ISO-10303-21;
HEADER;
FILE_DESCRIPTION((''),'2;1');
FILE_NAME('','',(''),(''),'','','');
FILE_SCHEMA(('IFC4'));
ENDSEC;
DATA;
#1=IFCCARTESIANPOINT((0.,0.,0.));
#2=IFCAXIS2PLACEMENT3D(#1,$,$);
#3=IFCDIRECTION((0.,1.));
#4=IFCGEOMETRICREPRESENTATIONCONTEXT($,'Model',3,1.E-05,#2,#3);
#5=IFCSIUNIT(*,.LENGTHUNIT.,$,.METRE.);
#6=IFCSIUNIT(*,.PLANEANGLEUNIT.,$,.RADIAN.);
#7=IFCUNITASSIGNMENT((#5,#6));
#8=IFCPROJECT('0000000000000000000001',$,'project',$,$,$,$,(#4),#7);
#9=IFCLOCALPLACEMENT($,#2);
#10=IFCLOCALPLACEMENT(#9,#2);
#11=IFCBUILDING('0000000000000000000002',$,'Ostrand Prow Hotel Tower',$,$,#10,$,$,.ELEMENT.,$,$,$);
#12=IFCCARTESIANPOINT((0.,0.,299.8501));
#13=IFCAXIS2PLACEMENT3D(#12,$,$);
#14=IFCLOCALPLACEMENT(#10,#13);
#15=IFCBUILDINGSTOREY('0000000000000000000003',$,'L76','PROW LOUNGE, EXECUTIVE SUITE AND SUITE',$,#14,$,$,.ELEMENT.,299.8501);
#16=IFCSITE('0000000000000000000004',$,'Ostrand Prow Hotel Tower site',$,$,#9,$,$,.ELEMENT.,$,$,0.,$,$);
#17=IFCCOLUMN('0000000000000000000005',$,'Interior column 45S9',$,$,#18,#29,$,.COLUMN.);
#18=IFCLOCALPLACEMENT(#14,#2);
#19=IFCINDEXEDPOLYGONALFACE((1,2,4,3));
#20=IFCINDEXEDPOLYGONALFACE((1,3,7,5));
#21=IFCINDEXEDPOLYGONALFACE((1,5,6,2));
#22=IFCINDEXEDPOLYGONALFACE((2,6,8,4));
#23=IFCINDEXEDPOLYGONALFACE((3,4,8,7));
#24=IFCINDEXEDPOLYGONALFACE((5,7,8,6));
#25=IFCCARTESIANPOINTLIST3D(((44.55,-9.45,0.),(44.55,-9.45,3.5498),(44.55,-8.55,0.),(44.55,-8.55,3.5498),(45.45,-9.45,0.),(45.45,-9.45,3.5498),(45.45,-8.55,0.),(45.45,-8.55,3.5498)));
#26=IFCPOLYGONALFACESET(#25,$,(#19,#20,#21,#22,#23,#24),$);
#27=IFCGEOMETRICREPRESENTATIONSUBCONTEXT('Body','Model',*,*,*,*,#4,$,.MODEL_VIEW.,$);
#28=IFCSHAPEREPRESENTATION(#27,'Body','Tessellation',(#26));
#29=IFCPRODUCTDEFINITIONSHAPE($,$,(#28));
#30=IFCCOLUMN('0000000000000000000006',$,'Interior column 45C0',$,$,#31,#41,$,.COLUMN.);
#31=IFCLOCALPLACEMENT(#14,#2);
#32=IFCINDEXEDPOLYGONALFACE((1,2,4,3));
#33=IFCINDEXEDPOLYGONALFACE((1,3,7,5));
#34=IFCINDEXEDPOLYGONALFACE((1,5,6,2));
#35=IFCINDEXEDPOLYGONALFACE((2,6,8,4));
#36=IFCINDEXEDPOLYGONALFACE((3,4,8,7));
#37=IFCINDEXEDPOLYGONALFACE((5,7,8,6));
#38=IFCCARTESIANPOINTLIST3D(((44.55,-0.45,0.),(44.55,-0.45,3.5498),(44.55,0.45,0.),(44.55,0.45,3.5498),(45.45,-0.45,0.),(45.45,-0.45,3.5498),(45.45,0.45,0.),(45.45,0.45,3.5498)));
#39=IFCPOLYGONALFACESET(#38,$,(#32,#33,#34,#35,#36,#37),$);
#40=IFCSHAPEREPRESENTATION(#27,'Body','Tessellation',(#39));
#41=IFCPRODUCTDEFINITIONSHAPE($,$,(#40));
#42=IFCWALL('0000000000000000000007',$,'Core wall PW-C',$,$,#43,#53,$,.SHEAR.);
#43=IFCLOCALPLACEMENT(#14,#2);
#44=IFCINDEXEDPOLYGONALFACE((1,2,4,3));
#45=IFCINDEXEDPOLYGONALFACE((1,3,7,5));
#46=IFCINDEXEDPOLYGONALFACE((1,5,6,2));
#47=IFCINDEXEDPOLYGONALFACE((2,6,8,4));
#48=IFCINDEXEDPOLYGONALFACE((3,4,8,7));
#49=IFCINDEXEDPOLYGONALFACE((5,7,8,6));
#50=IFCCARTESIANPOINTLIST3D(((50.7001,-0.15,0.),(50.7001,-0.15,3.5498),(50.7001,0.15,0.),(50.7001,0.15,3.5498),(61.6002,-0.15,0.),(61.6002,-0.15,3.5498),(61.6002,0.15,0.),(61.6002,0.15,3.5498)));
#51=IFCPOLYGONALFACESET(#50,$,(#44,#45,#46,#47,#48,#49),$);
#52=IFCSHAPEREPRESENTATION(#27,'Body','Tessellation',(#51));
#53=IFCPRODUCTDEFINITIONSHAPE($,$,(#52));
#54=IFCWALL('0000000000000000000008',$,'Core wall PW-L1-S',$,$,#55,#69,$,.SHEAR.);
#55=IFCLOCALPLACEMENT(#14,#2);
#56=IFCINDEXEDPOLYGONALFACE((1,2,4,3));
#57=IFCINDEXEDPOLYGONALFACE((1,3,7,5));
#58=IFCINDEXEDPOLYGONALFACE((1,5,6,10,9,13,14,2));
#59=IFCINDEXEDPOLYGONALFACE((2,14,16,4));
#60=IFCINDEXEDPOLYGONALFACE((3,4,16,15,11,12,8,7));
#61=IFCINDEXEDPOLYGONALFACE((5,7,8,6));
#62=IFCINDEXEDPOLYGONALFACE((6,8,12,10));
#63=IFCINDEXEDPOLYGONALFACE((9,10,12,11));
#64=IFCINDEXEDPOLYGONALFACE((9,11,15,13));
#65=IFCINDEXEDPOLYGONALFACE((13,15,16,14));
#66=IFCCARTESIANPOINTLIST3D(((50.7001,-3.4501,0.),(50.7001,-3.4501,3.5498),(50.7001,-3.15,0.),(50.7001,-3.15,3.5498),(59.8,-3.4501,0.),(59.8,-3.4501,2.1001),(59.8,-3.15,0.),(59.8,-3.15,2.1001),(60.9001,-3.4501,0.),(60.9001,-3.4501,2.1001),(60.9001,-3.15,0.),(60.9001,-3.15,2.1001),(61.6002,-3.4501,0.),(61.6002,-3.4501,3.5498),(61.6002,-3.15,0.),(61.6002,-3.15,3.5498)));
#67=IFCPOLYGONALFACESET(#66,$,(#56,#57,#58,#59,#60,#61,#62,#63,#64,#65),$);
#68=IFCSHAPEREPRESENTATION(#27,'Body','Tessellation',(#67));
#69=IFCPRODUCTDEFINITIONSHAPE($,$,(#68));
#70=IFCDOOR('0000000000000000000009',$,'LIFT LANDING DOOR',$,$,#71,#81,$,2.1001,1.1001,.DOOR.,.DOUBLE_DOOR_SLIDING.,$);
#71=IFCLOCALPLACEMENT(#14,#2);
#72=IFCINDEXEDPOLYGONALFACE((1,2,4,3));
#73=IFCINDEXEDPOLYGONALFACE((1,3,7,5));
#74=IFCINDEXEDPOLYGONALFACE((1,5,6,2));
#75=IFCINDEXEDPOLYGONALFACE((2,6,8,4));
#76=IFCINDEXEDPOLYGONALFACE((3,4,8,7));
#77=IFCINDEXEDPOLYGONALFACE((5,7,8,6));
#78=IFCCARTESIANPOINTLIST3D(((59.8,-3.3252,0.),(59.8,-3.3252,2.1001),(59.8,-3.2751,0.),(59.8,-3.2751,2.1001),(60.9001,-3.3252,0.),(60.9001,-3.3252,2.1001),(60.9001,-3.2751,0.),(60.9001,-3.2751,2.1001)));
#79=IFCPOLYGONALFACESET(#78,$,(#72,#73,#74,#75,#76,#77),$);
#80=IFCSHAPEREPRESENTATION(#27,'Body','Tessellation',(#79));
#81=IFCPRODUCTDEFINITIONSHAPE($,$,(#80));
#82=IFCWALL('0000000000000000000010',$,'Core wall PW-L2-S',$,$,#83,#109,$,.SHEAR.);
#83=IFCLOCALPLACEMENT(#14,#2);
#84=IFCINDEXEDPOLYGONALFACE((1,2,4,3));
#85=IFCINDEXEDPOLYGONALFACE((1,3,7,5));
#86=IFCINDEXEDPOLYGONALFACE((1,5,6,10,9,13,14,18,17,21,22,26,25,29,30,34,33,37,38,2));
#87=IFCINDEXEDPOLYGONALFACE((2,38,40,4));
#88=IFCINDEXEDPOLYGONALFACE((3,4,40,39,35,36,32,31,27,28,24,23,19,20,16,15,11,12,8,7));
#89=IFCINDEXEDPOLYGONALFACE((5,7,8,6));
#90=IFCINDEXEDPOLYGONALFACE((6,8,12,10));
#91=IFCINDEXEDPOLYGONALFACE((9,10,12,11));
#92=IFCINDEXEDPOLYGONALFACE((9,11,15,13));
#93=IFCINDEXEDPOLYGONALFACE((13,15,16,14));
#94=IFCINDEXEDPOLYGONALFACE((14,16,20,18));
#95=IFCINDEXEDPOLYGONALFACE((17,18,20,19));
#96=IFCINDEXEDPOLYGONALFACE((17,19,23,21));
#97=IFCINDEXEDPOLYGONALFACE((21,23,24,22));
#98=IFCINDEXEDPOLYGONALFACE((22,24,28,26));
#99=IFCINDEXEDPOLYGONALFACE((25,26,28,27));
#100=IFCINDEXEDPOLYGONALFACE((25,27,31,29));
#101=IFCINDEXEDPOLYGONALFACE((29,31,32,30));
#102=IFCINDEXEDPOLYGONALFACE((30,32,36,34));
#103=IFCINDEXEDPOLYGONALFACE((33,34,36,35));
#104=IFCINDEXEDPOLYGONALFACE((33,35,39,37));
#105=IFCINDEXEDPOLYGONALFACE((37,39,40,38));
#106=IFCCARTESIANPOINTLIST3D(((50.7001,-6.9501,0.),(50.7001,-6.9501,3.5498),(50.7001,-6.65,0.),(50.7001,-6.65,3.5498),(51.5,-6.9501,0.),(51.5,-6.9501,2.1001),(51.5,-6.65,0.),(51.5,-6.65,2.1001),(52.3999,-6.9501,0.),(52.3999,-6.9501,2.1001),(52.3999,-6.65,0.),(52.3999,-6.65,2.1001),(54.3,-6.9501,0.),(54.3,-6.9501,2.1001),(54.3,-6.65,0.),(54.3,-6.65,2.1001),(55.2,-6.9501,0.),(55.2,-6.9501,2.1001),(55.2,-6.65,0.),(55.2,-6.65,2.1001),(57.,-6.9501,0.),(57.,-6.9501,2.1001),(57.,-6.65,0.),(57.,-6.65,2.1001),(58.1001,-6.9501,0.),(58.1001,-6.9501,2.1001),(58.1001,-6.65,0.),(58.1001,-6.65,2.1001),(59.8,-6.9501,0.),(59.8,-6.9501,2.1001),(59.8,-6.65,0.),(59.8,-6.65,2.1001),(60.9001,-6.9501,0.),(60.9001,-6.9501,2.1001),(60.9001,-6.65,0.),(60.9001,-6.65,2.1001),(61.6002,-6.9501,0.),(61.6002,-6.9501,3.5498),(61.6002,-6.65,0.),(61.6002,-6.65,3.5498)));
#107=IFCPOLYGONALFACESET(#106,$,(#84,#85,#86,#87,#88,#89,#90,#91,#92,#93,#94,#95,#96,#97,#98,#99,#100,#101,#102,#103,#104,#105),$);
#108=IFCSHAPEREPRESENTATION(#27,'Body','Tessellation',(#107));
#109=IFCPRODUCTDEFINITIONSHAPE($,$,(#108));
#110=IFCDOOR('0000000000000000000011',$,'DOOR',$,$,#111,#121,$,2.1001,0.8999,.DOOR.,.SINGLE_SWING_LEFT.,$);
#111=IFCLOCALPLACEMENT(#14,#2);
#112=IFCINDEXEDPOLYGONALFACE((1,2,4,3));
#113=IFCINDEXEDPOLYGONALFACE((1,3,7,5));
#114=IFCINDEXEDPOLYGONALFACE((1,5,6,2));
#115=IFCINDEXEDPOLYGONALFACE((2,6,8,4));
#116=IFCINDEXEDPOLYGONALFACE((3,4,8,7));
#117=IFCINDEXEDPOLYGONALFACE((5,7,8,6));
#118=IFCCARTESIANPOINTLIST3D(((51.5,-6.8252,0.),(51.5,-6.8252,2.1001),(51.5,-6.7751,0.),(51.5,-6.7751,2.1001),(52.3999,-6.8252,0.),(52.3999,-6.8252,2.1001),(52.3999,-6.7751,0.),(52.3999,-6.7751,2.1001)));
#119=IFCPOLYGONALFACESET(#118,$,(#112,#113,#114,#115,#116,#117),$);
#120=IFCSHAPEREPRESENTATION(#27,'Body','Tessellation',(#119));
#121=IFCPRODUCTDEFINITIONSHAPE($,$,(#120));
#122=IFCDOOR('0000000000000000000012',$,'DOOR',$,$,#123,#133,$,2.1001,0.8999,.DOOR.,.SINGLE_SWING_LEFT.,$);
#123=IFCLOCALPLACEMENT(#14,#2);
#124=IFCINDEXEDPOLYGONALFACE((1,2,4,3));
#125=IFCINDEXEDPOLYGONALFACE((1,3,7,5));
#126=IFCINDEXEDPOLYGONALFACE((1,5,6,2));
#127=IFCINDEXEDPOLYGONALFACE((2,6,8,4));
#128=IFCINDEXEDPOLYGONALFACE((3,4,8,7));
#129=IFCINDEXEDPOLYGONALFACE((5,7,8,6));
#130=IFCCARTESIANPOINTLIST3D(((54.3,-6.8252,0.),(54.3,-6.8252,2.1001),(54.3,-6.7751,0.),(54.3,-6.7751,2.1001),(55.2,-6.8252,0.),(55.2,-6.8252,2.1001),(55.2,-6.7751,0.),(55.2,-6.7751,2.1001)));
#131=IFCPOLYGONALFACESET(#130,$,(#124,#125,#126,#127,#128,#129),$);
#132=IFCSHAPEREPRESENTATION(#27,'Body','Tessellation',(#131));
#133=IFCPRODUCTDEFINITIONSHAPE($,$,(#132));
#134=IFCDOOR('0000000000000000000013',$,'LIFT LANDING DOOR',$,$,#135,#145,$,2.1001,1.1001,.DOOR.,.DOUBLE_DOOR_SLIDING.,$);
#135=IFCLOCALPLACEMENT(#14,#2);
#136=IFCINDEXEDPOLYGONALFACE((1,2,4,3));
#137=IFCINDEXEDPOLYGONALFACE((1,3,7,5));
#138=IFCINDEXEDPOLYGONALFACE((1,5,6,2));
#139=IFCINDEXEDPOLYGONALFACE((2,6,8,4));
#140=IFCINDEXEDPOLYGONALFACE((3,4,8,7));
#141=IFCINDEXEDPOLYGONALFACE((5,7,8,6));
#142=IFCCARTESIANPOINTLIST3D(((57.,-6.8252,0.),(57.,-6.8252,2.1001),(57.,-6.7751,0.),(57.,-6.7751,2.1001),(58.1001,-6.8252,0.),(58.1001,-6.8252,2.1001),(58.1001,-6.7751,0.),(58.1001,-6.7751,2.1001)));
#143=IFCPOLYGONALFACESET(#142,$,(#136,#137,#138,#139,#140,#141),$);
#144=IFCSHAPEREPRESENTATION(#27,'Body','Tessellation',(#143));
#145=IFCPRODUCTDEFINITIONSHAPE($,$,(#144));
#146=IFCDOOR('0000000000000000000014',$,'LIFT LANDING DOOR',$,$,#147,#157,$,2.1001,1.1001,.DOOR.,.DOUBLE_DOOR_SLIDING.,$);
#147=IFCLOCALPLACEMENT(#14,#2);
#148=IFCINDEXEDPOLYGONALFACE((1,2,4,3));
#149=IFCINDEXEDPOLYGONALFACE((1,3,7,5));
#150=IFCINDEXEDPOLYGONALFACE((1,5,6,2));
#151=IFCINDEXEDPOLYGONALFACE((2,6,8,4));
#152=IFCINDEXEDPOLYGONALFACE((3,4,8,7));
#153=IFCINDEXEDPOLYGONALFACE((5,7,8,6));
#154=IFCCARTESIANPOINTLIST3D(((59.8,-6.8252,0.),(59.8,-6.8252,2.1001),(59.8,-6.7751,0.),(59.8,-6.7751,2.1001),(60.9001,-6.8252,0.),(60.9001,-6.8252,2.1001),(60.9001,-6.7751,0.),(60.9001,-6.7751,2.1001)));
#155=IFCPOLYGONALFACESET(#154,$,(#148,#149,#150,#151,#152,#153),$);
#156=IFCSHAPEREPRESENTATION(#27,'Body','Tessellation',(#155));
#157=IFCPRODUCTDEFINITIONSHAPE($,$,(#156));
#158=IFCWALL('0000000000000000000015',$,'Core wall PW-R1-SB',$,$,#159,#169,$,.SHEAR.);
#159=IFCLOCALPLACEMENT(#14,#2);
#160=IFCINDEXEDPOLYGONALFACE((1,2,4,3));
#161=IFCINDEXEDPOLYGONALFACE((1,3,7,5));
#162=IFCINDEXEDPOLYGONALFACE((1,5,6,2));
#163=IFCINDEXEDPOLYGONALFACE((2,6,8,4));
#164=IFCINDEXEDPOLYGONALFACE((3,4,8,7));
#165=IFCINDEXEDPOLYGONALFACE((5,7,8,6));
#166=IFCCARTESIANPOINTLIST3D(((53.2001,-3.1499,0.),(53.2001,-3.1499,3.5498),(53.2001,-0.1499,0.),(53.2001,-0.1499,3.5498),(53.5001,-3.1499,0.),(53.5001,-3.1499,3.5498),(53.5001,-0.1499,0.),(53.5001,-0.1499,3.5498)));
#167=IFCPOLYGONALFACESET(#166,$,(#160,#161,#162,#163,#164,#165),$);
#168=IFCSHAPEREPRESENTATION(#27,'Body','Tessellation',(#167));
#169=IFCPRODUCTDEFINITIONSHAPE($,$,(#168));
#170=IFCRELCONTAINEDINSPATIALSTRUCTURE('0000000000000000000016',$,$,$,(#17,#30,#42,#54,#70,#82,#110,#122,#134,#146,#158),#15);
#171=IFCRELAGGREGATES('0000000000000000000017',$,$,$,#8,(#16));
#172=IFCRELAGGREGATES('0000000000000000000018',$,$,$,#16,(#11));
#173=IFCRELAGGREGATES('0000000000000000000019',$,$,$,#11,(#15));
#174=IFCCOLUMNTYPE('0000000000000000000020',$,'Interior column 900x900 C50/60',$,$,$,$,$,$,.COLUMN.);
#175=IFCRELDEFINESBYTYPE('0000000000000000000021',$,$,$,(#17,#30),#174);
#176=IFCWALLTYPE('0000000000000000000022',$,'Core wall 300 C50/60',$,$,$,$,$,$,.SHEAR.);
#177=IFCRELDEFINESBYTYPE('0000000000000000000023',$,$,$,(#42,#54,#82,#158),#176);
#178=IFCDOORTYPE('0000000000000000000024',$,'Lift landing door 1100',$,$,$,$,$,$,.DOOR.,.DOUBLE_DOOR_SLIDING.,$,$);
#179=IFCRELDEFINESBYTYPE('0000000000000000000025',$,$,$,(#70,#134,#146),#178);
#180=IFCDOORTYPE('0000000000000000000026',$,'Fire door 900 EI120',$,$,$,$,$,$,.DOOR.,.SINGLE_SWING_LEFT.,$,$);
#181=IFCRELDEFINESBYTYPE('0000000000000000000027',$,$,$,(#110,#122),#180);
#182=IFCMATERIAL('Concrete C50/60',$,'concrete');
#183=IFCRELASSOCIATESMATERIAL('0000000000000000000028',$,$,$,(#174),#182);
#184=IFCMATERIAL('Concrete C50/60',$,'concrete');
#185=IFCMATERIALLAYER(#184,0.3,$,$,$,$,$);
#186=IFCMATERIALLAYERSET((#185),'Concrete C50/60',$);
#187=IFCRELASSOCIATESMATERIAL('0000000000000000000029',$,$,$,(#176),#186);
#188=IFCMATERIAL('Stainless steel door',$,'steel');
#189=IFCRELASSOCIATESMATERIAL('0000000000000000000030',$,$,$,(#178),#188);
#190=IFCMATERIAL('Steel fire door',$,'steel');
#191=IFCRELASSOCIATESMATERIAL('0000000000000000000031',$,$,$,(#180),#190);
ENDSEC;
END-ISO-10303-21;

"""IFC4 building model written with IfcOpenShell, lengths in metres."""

from ifc_helpers import new_model, si_unit, direction, frame, frame_2d, origin, origin_2d, place, context, subcontext, project, spatial, rectangle, extrude, material, layer, layer_set, material_profile, profile_set, type_object, element, fill, save


model = new_model("IFC4")

# Units and contexts
model_context = context("Model", 3, precision=1e-05, world=origin(), true_north=direction((0.0, 1.0)))
body_context = subcontext(model_context, "Body", "Model", "MODEL_VIEW")
ifc_project = project(units=[si_unit("LENGTHUNIT", "METRE"), si_unit("PLANEANGLEUNIT", "RADIAN")], contexts=[model_context])

# Site, building, storey
site_placement = place(None, origin())
site = spatial("IfcSite", under=ifc_project, at=site_placement, Name="Ostrand Prow Hotel Tower site", CompositionType="ELEMENT", RefElevation=0.0)
building_placement = place(site_placement, origin())
building = spatial("IfcBuilding", under=site, at=building_placement, Name="Ostrand Prow Hotel Tower", CompositionType="ELEMENT")
storey_placement = place(building_placement, frame((0.0, 0.0, 299.8501)))
storey = spatial("IfcBuildingStorey", under=building, at=storey_placement, Name="L76", Description="PROW LOUNGE, EXECUTIVE SUITE AND SUITE", CompositionType="ELEMENT", Elevation=299.8501)

# Columns
ifc_material_1 = material(Name="Concrete C50/60", Category="concrete")
ifc_material_profile = material_profile(ifc_material_1, rectangle(XDim=0.8999, YDim=0.8999, at=origin_2d()), Name="RC 900x900")
ifc_profile_set = profile_set([ifc_material_profile], Name="Concrete C50/60")
column_type = type_object("IfcColumnType", Name="Interior column 900x900 C50/60", PredefinedType="COLUMN", material=ifc_profile_set)
for number, where, z_axis, x_axis, name in (
    (1, (45.0, -9.0, 0.0), (0.0, 0.0, 1.0), (1.0, 0.0, 0.0), "Interior column 45S9"),
    (2, (45.0, 0.0, 0.0), (0.0, 0.0, 1.0), (1.0, 0.0, 0.0), "Interior column 45C0"),
):
    element("IfcColumn", number, at=place(storey_placement, frame(where, z_axis=z_axis, x_axis=x_axis)), inside=storey, type_object=column_type, Name=name, PredefinedType="COLUMN", context=body_context, shape_type="SweptSolid", body=[
        extrude(rectangle(XDim=0.8999, YDim=0.8999, at=origin_2d()), origin(), (0.0, 0.0, 1.0), 3.5498),
    ])

# Wall
ifc_material_2 = material(Name="Concrete C50/60", Category="concrete")
ifc_layer_1 = layer(ifc_material_2, 0.3)
ifc_layer_set_1 = layer_set([ifc_layer_1], Name="Concrete C50/60")
wall_type_1 = type_object("IfcWallType", Name="Core wall 300 C50/60", PredefinedType="SHEAR", material=ifc_layer_set_1)
wall_1_placement = place(storey_placement, frame((50.7, 0.0, 0.0), z_axis=(0.0, 0.0, 1.0), x_axis=(1.0, 0.0, 0.0)))
element("IfcWall", 3, at=wall_1_placement, inside=storey, type_object=wall_type_1, Name="Core wall PW-C", PredefinedType="SHEAR", context=body_context, shape_type="SweptSolid", body=[
    extrude(rectangle(XDim=10.9001, YDim=0.3, at=frame_2d((5.4502, 0.0))), origin(), (0.0, 0.0, 1.0), 3.5498),
])

# Wall, opening, door
wall_2_placement = place(storey_placement, frame((50.7, -3.3, 0.0), z_axis=(0.0, 0.0, 1.0), x_axis=(1.0, 0.0, 0.0)))
wall_2 = element("IfcWall", 4, at=wall_2_placement, inside=storey, type_object=wall_type_1, Name="Core wall PW-L1-S", PredefinedType="SHEAR", context=body_context, shape_type="SweptSolid", body=[
    extrude(rectangle(XDim=10.9001, YDim=0.3, at=frame_2d((5.4502, 0.0))), origin(), (0.0, 0.0, 1.0), 3.5498),
])
opening_1_placement = place(wall_2_placement, frame((9.1001, 0.0, 0.0)))
opening_1 = element("IfcOpeningElement", 5, at=opening_1_placement, cuts=wall_2, PredefinedType="OPENING", context=body_context, shape_type="SweptSolid", body=[
    extrude(rectangle(XDim=1.1001, YDim=2.1001, at=frame_2d((0.55, 1.05))), frame((0.0, 0.1599, 0.0), z_axis=(0.0, -1.0, 0.0), x_axis=(1.0, 0.0, 0.0)), (0.0, 0.0, 1.0), 0.3201),
])
ifc_material_3 = material(Name="Stainless steel door", Category="steel")
door_type_1 = type_object("IfcDoorType", Name="Lift landing door 1100", OperationType="DOUBLE_DOOR_SLIDING", PredefinedType="DOOR", material=ifc_material_3)
door_1_placement = place(opening_1_placement, origin())
door_1 = element("IfcDoor", 6, at=door_1_placement, inside=storey, type_object=door_type_1, Name="LIFT LANDING DOOR", OperationType="DOUBLE_DOOR_SLIDING", OverallHeight=2.1001, OverallWidth=1.1001, PredefinedType="DOOR", context=body_context, shape_type="SweptSolid", body=[
    extrude(rectangle(XDim=1.1001, YDim=2.1001, at=frame_2d((0.55, 1.05))), frame((0.0, 0.0249, 0.0), z_axis=(0.0, -1.0, 0.0), x_axis=(1.0, 0.0, 0.0)), (0.0, 0.0, 1.0), 0.05),
])
fill(opening_1, door_1)

# Wall, openings, doors
wall_3_placement = place(storey_placement, frame((50.7, -6.8, 0.0), z_axis=(0.0, 0.0, 1.0), x_axis=(1.0, 0.0, 0.0)))
wall_3 = element("IfcWall", 7, at=wall_3_placement, inside=storey, type_object=wall_type_1, Name="Core wall PW-L2-S", PredefinedType="SHEAR", context=body_context, shape_type="SweptSolid", body=[
    extrude(rectangle(XDim=10.9001, YDim=0.3, at=frame_2d((5.4502, 0.0))), origin(), (0.0, 0.0, 1.0), 3.5498),
])
opening_2_placement = place(wall_3_placement, frame((6.3, 0.0, 0.0)))
opening_2 = element("IfcOpeningElement", 8, at=opening_2_placement, cuts=wall_3, PredefinedType="OPENING", context=body_context, shape_type="SweptSolid", body=[
    extrude(rectangle(XDim=1.1001, YDim=2.1001, at=frame_2d((0.55, 1.05))), frame((0.0, 0.1599, 0.0), z_axis=(0.0, -1.0, 0.0), x_axis=(1.0, 0.0, 0.0)), (0.0, 0.0, 1.0), 0.3201),
])
opening_3_placement = place(wall_3_placement, frame((9.1001, 0.0, 0.0)))
opening_3 = element("IfcOpeningElement", 9, at=opening_3_placement, cuts=wall_3, PredefinedType="OPENING", context=body_context, shape_type="SweptSolid", body=[
    extrude(rectangle(XDim=1.1001, YDim=2.1001, at=frame_2d((0.55, 1.05))), frame((0.0, 0.1599, 0.0), z_axis=(0.0, -1.0, 0.0), x_axis=(1.0, 0.0, 0.0)), (0.0, 0.0, 1.0), 0.3201),
])
opening_4_placement = place(wall_3_placement, frame((0.8, 0.0, 0.0)))
opening_4 = element("IfcOpeningElement", 10, at=opening_4_placement, cuts=wall_3, PredefinedType="OPENING", context=body_context, shape_type="SweptSolid", body=[
    extrude(rectangle(XDim=0.8999, YDim=2.1001, at=frame_2d((0.45, 1.05))), frame((0.0, 0.1599, 0.0), z_axis=(0.0, -1.0, 0.0), x_axis=(1.0, 0.0, 0.0)), (0.0, 0.0, 1.0), 0.3201),
])
opening_5_placement = place(wall_3_placement, frame((3.6001, 0.0, 0.0)))
opening_5 = element("IfcOpeningElement", 11, at=opening_5_placement, cuts=wall_3, PredefinedType="OPENING", context=body_context, shape_type="SweptSolid", body=[
    extrude(rectangle(XDim=0.8999, YDim=2.1001, at=frame_2d((0.45, 1.05))), frame((0.0, 0.1599, 0.0), z_axis=(0.0, -1.0, 0.0), x_axis=(1.0, 0.0, 0.0)), (0.0, 0.0, 1.0), 0.3201),
])
ifc_material_4 = material(Name="Steel fire door", Category="steel")
door_type_2 = type_object("IfcDoorType", Name="Fire door 900 EI120", OperationType="SINGLE_SWING_LEFT", PredefinedType="DOOR", material=ifc_material_4)
door_2_placement = place(opening_4_placement, origin())
door_2 = element("IfcDoor", 12, at=door_2_placement, inside=storey, type_object=door_type_2, Name="DOOR", OperationType="SINGLE_SWING_LEFT", OverallHeight=2.1001, OverallWidth=0.8999, PredefinedType="DOOR", context=body_context, shape_type="SweptSolid", body=[
    extrude(rectangle(XDim=0.8999, YDim=2.1001, at=frame_2d((0.45, 1.05))), frame((0.0, 0.0249, 0.0), z_axis=(0.0, -1.0, 0.0), x_axis=(1.0, 0.0, 0.0)), (0.0, 0.0, 1.0), 0.05),
])
fill(opening_4, door_2)
door_3_placement = place(opening_5_placement, origin())
door_3 = element("IfcDoor", 13, at=door_3_placement, inside=storey, type_object=door_type_2, Name="DOOR", OperationType="SINGLE_SWING_LEFT", OverallHeight=2.1001, OverallWidth=0.8999, PredefinedType="DOOR", context=body_context, shape_type="SweptSolid", body=[
    extrude(rectangle(XDim=0.8999, YDim=2.1001, at=frame_2d((0.45, 1.05))), frame((0.0, 0.0249, 0.0), z_axis=(0.0, -1.0, 0.0), x_axis=(1.0, 0.0, 0.0)), (0.0, 0.0, 1.0), 0.05),
])
fill(opening_5, door_3)
door_4_placement = place(opening_2_placement, origin())
door_4 = element("IfcDoor", 14, at=door_4_placement, inside=storey, type_object=door_type_1, Name="LIFT LANDING DOOR", OperationType="DOUBLE_DOOR_SLIDING", OverallHeight=2.1001, OverallWidth=1.1001, PredefinedType="DOOR", context=body_context, shape_type="SweptSolid", body=[
    extrude(rectangle(XDim=1.1001, YDim=2.1001, at=frame_2d((0.55, 1.05))), frame((0.0, 0.0249, 0.0), z_axis=(0.0, -1.0, 0.0), x_axis=(1.0, 0.0, 0.0)), (0.0, 0.0, 1.0), 0.05),
])
fill(opening_2, door_4)
door_5_placement = place(opening_3_placement, origin())
door_5 = element("IfcDoor", 15, at=door_5_placement, inside=storey, type_object=door_type_1, Name="LIFT LANDING DOOR", OperationType="DOUBLE_DOOR_SLIDING", OverallHeight=2.1001, OverallWidth=1.1001, PredefinedType="DOOR", context=body_context, shape_type="SweptSolid", body=[
    extrude(rectangle(XDim=1.1001, YDim=2.1001, at=frame_2d((0.55, 1.05))), frame((0.0, 0.0249, 0.0), z_axis=(0.0, -1.0, 0.0), x_axis=(1.0, 0.0, 0.0)), (0.0, 0.0, 1.0), 0.05),
])
fill(opening_3, door_5)

# Wall
for number, where, z_axis, x_axis, name in (
    (16, (53.3501, -3.1499, 0.0), (0.0, 0.0, 1.0), (0.0, 1.0, 0.0), "Core wall PW-R1-SB"),
):
    element("IfcWall", number, at=place(storey_placement, frame(where, z_axis=z_axis, x_axis=x_axis)), inside=storey, type_object=wall_type_1, Name=name, PredefinedType="SHEAR", context=body_context, shape_type="SweptSolid", body=[
        extrude(rectangle(XDim=3.0, YDim=0.3, at=frame_2d((1.5, 0.0))), origin(), (0.0, 0.0, 1.0), 3.5498),
    ])

save(model, "model.ifc")
